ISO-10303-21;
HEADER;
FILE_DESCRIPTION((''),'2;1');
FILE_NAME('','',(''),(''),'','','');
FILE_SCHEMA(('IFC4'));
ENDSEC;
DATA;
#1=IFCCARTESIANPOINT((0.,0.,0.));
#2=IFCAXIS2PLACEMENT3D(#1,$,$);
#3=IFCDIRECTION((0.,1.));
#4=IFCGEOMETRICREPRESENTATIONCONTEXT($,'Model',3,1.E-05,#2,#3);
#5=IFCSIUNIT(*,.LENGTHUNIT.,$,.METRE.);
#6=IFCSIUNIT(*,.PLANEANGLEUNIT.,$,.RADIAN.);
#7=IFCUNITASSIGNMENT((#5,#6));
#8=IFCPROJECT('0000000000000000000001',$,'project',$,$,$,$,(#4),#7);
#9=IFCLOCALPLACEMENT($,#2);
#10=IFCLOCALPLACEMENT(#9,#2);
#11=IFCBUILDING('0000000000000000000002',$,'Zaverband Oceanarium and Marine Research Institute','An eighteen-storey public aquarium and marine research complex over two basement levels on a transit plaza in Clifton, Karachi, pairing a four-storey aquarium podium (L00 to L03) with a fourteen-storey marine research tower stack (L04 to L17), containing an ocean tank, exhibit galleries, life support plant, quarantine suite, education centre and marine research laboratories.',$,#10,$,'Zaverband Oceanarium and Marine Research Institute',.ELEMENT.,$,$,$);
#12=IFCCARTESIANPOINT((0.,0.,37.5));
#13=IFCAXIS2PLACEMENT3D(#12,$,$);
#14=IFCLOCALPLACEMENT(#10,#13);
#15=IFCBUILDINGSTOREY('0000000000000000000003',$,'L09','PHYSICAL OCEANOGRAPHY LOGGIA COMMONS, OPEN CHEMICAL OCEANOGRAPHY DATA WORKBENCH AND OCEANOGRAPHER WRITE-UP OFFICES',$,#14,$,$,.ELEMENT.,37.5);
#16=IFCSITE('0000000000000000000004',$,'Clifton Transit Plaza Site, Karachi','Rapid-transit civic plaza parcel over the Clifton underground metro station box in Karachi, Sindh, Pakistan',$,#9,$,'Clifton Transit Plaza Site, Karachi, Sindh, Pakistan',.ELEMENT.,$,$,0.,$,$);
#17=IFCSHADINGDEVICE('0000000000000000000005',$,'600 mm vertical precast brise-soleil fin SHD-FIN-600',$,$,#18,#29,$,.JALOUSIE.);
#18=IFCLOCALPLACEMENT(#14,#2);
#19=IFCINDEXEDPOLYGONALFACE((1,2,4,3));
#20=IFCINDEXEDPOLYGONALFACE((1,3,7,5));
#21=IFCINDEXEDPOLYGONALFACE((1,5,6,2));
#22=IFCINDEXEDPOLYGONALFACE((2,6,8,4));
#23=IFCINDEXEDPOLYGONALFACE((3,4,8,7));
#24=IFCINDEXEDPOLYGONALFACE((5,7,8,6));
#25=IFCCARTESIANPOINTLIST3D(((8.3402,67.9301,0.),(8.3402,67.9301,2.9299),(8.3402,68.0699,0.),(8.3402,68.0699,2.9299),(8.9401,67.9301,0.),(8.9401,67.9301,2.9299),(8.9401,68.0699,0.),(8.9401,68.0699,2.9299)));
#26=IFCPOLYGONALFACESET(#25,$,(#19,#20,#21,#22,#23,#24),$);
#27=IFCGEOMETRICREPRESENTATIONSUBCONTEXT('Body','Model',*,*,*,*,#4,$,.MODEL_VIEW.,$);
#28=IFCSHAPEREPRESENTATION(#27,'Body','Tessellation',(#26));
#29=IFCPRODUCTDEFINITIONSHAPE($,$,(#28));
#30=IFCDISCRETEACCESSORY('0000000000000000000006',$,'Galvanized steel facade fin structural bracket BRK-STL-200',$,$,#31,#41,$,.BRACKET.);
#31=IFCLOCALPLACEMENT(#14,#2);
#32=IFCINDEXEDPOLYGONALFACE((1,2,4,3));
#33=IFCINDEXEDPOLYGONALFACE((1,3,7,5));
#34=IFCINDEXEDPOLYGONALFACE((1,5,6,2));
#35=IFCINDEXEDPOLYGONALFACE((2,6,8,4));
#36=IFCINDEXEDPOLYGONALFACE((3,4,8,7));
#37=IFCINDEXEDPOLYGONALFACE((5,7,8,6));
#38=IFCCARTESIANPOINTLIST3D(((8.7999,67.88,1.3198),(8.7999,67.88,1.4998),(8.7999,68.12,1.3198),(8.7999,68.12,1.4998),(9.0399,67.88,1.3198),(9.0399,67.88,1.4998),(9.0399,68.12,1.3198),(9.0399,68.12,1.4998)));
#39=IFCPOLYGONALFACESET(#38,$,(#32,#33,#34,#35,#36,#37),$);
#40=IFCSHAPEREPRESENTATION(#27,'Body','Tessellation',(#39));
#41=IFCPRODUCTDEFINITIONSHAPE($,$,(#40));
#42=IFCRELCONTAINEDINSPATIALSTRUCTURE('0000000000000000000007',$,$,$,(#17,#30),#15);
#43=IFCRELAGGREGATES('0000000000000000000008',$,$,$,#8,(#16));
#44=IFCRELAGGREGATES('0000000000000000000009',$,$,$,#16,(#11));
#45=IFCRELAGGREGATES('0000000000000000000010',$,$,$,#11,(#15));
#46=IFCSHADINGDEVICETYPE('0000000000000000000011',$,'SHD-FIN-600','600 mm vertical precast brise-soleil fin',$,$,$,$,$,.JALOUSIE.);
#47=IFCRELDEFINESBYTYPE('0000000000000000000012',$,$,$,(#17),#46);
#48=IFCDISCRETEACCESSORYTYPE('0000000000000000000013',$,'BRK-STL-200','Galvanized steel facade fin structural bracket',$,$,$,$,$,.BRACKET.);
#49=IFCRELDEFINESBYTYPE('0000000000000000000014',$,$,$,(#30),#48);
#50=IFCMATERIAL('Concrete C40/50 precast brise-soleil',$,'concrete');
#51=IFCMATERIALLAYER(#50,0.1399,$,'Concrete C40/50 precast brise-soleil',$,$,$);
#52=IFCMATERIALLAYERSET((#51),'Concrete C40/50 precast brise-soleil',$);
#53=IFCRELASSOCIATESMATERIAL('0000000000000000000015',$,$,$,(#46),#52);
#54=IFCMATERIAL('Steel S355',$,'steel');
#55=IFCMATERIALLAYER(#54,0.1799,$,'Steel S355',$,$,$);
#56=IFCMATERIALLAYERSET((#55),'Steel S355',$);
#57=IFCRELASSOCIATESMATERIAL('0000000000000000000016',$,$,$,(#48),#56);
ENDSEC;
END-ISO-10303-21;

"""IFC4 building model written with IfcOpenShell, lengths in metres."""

from ifc_helpers import new_model, si_unit, direction, frame, frame_2d, origin, origin_2d, place, context, subcontext, project, spatial, rectangle, extrude, material, layer, layer_set, type_object, element, save


model = new_model("IFC4")

# Units and contexts
model_context = context("Model", 3, precision=1e-05, world=origin(), true_north=direction((0.0, 1.0)))
body_context = subcontext(model_context, "Body", "Model", "MODEL_VIEW")
ifc_project = project(units=[si_unit("LENGTHUNIT", "METRE"), si_unit("PLANEANGLEUNIT", "RADIAN")], contexts=[model_context])

# Site, building, storey
site_placement = place(None, origin())
site = spatial("IfcSite", under=ifc_project, at=site_placement, Name="Clifton Transit Plaza Site, Karachi", Description="Rapid-transit civic plaza parcel over the Clifton underground metro station box in Karachi, Sindh, Pakistan", LongName="Clifton Transit Plaza Site, Karachi, Sindh, Pakistan", CompositionType="ELEMENT", RefElevation=0.0)
building_placement = place(site_placement, origin())
building = spatial("IfcBuilding", under=site, at=building_placement, Name="Zaverband Oceanarium and Marine Research Institute", Description="An eighteen-storey public aquarium and marine research complex over two basement levels on a transit plaza in Clifton, Karachi, pairing a four-storey aquarium podium (L00 to L03) with a fourteen-storey marine research tower stack (L04 to L17), containing an ocean tank, exhibit galleries, life support plant, quarantine suite, education centre and marine research laboratories.", LongName="Zaverband Oceanarium and Marine Research Institute", CompositionType="ELEMENT")
storey_placement = place(building_placement, frame((0.0, 0.0, 37.5)))
storey = spatial("IfcBuildingStorey", under=building, at=storey_placement, Name="L09", Description="PHYSICAL OCEANOGRAPHY LOGGIA COMMONS, OPEN CHEMICAL OCEANOGRAPHY DATA WORKBENCH AND OCEANOGRAPHER WRITE-UP OFFICES", CompositionType="ELEMENT", Elevation=37.5)

# Shared definitions
ifc_material_1 = material(Name="Steel S355", Category="steel")

# Shading device
ifc_material_2 = material(Name="Concrete C40/50 precast brise-soleil", Category="concrete")
ifc_layer_1 = layer(ifc_material_2, 0.1399, Name="Concrete C40/50 precast brise-soleil")
ifc_layer_set_1 = layer_set([ifc_layer_1], Name="Concrete C40/50 precast brise-soleil")
shading_device_type = type_object("IfcShadingDeviceType", Name="SHD-FIN-600", Description="600 mm vertical precast brise-soleil fin", PredefinedType="JALOUSIE", material=ifc_layer_set_1)
shading_device_placement = place(storey_placement, frame((8.9399, 68.0, 0.0), z_axis=(0.0, 0.0, 1.0), x_axis=(-1.0, 0.0, 0.0)))
element("IfcShadingDevice", 1, at=shading_device_placement, inside=storey, type_object=shading_device_type, Name="600 mm vertical precast brise-soleil fin SHD-FIN-600", PredefinedType="JALOUSIE", context=body_context, shape_type="SweptSolid", body=[
    extrude(rectangle(XDim=0.5999, YDim=0.1399, at=frame_2d((0.2998, 0.0))), origin(), (0.0, 0.0, 1.0), 2.9299),
])

# Discrete accessory
ifc_layer_2 = layer(ifc_material_1, 0.1799, Name="Steel S355")
ifc_layer_set_2 = layer_set([ifc_layer_2], Name="Steel S355")
discrete_accessory_type = type_object("IfcDiscreteAccessoryType", Name="BRK-STL-200", Description="Galvanized steel facade fin structural bracket", PredefinedType="BRACKET", material=ifc_layer_set_2)
discrete_accessory_placement = place(storey_placement, frame((8.9199, 68.0, 1.3198), z_axis=(0.0, 0.0, 1.0), x_axis=(1.0, 0.0, 0.0)))
element("IfcDiscreteAccessory", 2, at=discrete_accessory_placement, inside=storey, type_object=discrete_accessory_type, Name="Galvanized steel facade fin structural bracket BRK-STL-200", PredefinedType="BRACKET", context=body_context, shape_type="SweptSolid", body=[
    extrude(rectangle(XDim=0.24, YDim=0.24, at=origin_2d()), origin(), (0.0, 0.0, 1.0), 0.1799),
])

save(model, "model.ifc")
